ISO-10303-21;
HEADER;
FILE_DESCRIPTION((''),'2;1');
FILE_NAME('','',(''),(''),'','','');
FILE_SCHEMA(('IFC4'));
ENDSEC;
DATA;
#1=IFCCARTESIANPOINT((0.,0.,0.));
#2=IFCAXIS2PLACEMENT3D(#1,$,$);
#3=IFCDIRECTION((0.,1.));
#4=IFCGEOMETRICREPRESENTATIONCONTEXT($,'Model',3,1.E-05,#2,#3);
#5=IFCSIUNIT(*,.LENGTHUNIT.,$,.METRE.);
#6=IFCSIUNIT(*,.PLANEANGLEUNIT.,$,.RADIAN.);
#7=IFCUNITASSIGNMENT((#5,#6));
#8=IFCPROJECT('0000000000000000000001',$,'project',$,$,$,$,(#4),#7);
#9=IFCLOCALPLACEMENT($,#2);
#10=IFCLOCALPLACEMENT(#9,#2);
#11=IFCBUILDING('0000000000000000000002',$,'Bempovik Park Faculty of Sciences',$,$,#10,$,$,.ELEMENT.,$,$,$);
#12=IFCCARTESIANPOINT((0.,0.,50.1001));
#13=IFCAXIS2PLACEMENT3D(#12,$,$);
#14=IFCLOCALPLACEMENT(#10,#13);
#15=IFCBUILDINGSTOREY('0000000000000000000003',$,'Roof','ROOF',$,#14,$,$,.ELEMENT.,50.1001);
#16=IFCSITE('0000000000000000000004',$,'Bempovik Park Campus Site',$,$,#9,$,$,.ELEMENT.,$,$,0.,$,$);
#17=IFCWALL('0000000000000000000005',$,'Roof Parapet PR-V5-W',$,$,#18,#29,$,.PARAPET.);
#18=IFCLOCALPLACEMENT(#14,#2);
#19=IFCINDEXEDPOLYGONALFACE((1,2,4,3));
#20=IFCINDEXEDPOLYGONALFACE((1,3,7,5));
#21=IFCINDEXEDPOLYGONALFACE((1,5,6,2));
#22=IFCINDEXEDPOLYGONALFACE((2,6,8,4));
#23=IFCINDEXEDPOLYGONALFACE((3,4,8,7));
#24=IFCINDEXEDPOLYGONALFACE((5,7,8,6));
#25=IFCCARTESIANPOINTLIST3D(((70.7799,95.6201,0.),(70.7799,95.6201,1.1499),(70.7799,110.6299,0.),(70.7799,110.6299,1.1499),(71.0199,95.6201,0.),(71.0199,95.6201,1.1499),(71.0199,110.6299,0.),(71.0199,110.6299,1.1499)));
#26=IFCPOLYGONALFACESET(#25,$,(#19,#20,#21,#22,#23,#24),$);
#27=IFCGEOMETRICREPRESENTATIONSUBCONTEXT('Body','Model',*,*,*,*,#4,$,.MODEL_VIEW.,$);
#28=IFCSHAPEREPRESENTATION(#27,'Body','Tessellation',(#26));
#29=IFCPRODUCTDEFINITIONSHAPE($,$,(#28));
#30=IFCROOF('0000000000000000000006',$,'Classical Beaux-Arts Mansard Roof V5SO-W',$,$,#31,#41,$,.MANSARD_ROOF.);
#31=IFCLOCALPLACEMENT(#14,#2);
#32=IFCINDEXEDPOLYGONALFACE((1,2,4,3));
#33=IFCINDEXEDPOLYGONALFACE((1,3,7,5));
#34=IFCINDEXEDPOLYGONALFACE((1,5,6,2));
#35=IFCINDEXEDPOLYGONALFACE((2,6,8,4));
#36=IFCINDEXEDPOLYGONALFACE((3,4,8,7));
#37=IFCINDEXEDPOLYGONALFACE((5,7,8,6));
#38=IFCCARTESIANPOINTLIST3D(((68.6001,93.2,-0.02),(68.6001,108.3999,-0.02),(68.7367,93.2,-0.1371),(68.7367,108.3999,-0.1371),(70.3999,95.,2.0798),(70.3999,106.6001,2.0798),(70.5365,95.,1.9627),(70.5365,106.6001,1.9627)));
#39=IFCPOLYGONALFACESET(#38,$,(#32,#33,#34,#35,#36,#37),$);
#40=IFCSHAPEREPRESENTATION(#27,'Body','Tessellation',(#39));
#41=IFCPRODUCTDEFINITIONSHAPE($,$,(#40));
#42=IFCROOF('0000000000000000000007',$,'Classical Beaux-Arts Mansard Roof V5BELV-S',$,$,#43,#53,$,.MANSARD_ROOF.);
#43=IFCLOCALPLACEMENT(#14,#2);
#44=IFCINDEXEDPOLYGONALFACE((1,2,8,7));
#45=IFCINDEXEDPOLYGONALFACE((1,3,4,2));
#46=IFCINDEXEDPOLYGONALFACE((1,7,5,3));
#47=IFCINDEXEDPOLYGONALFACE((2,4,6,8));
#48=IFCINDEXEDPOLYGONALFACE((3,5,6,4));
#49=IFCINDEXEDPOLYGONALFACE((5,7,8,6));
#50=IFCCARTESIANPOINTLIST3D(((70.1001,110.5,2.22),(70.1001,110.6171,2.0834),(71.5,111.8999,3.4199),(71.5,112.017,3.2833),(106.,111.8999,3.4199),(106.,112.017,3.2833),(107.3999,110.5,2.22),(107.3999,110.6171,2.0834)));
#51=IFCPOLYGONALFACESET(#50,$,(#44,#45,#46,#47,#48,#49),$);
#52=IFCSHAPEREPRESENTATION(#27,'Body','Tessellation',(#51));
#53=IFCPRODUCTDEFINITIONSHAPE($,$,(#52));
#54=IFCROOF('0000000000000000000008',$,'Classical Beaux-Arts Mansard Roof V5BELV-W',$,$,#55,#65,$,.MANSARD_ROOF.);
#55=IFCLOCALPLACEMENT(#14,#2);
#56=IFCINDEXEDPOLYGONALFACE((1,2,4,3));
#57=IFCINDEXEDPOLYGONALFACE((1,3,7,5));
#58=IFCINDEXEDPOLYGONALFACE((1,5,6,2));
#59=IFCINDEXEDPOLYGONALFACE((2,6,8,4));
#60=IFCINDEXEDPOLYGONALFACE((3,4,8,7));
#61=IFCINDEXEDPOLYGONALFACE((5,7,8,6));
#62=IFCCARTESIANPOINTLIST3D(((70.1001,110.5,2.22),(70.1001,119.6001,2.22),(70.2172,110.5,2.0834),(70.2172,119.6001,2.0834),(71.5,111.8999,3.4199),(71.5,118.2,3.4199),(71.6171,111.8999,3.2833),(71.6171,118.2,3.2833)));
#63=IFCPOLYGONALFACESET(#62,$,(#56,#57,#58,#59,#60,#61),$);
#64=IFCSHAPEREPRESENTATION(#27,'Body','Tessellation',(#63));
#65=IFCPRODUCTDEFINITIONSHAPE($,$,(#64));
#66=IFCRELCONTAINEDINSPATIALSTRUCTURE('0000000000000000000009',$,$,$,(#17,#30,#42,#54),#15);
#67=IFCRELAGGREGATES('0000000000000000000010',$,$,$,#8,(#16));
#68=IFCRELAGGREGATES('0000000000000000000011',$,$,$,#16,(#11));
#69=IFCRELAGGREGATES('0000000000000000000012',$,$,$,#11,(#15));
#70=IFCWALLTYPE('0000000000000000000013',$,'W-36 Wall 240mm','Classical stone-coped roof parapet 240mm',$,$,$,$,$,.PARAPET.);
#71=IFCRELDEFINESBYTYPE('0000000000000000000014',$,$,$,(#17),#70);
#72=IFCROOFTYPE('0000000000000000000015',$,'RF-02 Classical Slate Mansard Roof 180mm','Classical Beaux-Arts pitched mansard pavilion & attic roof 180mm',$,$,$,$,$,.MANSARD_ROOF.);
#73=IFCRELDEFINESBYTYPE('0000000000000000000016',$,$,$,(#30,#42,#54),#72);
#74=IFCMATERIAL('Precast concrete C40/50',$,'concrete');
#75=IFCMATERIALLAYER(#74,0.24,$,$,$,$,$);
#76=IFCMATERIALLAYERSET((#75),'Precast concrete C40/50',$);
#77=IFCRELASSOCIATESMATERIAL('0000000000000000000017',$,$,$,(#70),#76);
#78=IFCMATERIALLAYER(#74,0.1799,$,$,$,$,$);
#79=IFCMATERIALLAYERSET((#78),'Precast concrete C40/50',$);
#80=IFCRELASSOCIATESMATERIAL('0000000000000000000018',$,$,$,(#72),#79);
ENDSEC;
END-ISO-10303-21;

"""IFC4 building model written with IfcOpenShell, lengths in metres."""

from ifc_helpers import new_model, si_unit, direction, frame, frame_2d, origin, place, context, subcontext, project, spatial, polyline, rectangle, outline, extrude, material, layer, layer_set, type_object, element, save


model = new_model("IFC4")

# Units and contexts
model_context = context("Model", 3, precision=1e-05, world=origin(), true_north=direction((0.0, 1.0)))
body_context = subcontext(model_context, "Body", "Model", "MODEL_VIEW")
ifc_project = project(units=[si_unit("LENGTHUNIT", "METRE"), si_unit("PLANEANGLEUNIT", "RADIAN")], contexts=[model_context])

# Site, building, storey
site_placement = place(None, origin())
site = spatial("IfcSite", under=ifc_project, at=site_placement, Name="Bempovik Park Campus Site", CompositionType="ELEMENT", RefElevation=0.0)
building_placement = place(site_placement, origin())
building = spatial("IfcBuilding", under=site, at=building_placement, Name="Bempovik Park Faculty of Sciences", CompositionType="ELEMENT")
storey_placement = place(building_placement, frame((0.0, 0.0, 50.1001)))
storey = spatial("IfcBuildingStorey", under=building, at=storey_placement, Name="Roof", Description="ROOF", CompositionType="ELEMENT", Elevation=50.1001)

# Wall
ifc_material_1 = material(Name="Precast concrete C40/50", Category="concrete")
ifc_layer_1 = layer(ifc_material_1, 0.24)
ifc_layer_set_1 = layer_set([ifc_layer_1], Name="Precast concrete C40/50")
wall_type_1 = type_object("IfcWallType", Name="W-36 Wall 240mm", Description="Classical stone-coped roof parapet 240mm", PredefinedType="PARAPET", material=ifc_layer_set_1)
wall_1_placement = place(storey_placement, frame((70.8999, 110.6299, 0.0), z_axis=(0.0, 0.0, 1.0), x_axis=(0.0, -1.0, 0.0)))
element("IfcWall", 1, at=wall_1_placement, inside=storey, type_object=wall_type_1, Name="Roof Parapet PR-V5-W", PredefinedType="PARAPET", context=body_context, shape_type="SweptSolid", body=[
    extrude(rectangle(XDim=15.0098, YDim=0.24, at=frame_2d((7.5049, 0.0))), origin(), (0.0, 0.0, 1.0), 1.1499),
])

# Roofs
ifc_layer_2 = layer(ifc_material_1, 0.1799)
ifc_layer_set_2 = layer_set([ifc_layer_2], Name="Precast concrete C40/50")
roof_type = type_object("IfcRoofType", Name="RF-02 Classical Slate Mansard Roof 180mm", Description="Classical Beaux-Arts pitched mansard pavilion & attic roof 180mm", PredefinedType="MANSARD_ROOF", material=ifc_layer_set_2)
roof_1_placement = place(storey_placement, frame((68.6001, 108.3999, -0.02), z_axis=(-0.759269, 0.0, 0.650777), x_axis=(0.0, -1.0, 0.0)))
element("IfcRoof", 2, at=roof_1_placement, inside=storey, type_object=roof_type, Name="Classical Beaux-Arts Mansard Roof V5SO-W", PredefinedType="MANSARD_ROOF", context=body_context, shape_type="SweptSolid", body=[
    extrude(outline(polyline([(0.0, 0.0), (15.2, 0.0), (13.3999, 2.7656), (1.7998, 2.7656), (0.0, 0.0)])), origin(), (0.0, 0.0, -1.0), 0.1799),
])
roof_2_placement = place(storey_placement, frame((70.1001, 110.5, 2.22), z_axis=(0.0, -0.650802, 0.759247), x_axis=(1.0, 0.0, 0.0)))
element("IfcRoof", 3, at=roof_2_placement, inside=storey, type_object=roof_type, Name="Classical Beaux-Arts Mansard Roof V5BELV-S", PredefinedType="MANSARD_ROOF", context=body_context, shape_type="SweptSolid", body=[
    extrude(outline(polyline([(0.0, 0.0), (37.2998, 0.0), (35.8999, 1.8438), (1.3999, 1.8438), (0.0, 0.0)])), origin(), (0.0, 0.0, -1.0), 0.1799),
])
roof_3_placement = place(storey_placement, frame((70.1001, 119.6001, 2.22), z_axis=(-0.650802, 0.0, 0.759247), x_axis=(0.0, -1.0, 0.0)))
element("IfcRoof", 4, at=roof_3_placement, inside=storey, type_object=roof_type, Name="Classical Beaux-Arts Mansard Roof V5BELV-W", PredefinedType="MANSARD_ROOF", context=body_context, shape_type="SweptSolid", body=[
    extrude(outline(polyline([(0.0, 0.0), (9.1001, 0.0), (7.7002, 1.8438), (1.4001, 1.8438), (0.0, 0.0)])), origin(), (0.0, 0.0, -1.0), 0.1799),
])

save(model, "model.ifc")
